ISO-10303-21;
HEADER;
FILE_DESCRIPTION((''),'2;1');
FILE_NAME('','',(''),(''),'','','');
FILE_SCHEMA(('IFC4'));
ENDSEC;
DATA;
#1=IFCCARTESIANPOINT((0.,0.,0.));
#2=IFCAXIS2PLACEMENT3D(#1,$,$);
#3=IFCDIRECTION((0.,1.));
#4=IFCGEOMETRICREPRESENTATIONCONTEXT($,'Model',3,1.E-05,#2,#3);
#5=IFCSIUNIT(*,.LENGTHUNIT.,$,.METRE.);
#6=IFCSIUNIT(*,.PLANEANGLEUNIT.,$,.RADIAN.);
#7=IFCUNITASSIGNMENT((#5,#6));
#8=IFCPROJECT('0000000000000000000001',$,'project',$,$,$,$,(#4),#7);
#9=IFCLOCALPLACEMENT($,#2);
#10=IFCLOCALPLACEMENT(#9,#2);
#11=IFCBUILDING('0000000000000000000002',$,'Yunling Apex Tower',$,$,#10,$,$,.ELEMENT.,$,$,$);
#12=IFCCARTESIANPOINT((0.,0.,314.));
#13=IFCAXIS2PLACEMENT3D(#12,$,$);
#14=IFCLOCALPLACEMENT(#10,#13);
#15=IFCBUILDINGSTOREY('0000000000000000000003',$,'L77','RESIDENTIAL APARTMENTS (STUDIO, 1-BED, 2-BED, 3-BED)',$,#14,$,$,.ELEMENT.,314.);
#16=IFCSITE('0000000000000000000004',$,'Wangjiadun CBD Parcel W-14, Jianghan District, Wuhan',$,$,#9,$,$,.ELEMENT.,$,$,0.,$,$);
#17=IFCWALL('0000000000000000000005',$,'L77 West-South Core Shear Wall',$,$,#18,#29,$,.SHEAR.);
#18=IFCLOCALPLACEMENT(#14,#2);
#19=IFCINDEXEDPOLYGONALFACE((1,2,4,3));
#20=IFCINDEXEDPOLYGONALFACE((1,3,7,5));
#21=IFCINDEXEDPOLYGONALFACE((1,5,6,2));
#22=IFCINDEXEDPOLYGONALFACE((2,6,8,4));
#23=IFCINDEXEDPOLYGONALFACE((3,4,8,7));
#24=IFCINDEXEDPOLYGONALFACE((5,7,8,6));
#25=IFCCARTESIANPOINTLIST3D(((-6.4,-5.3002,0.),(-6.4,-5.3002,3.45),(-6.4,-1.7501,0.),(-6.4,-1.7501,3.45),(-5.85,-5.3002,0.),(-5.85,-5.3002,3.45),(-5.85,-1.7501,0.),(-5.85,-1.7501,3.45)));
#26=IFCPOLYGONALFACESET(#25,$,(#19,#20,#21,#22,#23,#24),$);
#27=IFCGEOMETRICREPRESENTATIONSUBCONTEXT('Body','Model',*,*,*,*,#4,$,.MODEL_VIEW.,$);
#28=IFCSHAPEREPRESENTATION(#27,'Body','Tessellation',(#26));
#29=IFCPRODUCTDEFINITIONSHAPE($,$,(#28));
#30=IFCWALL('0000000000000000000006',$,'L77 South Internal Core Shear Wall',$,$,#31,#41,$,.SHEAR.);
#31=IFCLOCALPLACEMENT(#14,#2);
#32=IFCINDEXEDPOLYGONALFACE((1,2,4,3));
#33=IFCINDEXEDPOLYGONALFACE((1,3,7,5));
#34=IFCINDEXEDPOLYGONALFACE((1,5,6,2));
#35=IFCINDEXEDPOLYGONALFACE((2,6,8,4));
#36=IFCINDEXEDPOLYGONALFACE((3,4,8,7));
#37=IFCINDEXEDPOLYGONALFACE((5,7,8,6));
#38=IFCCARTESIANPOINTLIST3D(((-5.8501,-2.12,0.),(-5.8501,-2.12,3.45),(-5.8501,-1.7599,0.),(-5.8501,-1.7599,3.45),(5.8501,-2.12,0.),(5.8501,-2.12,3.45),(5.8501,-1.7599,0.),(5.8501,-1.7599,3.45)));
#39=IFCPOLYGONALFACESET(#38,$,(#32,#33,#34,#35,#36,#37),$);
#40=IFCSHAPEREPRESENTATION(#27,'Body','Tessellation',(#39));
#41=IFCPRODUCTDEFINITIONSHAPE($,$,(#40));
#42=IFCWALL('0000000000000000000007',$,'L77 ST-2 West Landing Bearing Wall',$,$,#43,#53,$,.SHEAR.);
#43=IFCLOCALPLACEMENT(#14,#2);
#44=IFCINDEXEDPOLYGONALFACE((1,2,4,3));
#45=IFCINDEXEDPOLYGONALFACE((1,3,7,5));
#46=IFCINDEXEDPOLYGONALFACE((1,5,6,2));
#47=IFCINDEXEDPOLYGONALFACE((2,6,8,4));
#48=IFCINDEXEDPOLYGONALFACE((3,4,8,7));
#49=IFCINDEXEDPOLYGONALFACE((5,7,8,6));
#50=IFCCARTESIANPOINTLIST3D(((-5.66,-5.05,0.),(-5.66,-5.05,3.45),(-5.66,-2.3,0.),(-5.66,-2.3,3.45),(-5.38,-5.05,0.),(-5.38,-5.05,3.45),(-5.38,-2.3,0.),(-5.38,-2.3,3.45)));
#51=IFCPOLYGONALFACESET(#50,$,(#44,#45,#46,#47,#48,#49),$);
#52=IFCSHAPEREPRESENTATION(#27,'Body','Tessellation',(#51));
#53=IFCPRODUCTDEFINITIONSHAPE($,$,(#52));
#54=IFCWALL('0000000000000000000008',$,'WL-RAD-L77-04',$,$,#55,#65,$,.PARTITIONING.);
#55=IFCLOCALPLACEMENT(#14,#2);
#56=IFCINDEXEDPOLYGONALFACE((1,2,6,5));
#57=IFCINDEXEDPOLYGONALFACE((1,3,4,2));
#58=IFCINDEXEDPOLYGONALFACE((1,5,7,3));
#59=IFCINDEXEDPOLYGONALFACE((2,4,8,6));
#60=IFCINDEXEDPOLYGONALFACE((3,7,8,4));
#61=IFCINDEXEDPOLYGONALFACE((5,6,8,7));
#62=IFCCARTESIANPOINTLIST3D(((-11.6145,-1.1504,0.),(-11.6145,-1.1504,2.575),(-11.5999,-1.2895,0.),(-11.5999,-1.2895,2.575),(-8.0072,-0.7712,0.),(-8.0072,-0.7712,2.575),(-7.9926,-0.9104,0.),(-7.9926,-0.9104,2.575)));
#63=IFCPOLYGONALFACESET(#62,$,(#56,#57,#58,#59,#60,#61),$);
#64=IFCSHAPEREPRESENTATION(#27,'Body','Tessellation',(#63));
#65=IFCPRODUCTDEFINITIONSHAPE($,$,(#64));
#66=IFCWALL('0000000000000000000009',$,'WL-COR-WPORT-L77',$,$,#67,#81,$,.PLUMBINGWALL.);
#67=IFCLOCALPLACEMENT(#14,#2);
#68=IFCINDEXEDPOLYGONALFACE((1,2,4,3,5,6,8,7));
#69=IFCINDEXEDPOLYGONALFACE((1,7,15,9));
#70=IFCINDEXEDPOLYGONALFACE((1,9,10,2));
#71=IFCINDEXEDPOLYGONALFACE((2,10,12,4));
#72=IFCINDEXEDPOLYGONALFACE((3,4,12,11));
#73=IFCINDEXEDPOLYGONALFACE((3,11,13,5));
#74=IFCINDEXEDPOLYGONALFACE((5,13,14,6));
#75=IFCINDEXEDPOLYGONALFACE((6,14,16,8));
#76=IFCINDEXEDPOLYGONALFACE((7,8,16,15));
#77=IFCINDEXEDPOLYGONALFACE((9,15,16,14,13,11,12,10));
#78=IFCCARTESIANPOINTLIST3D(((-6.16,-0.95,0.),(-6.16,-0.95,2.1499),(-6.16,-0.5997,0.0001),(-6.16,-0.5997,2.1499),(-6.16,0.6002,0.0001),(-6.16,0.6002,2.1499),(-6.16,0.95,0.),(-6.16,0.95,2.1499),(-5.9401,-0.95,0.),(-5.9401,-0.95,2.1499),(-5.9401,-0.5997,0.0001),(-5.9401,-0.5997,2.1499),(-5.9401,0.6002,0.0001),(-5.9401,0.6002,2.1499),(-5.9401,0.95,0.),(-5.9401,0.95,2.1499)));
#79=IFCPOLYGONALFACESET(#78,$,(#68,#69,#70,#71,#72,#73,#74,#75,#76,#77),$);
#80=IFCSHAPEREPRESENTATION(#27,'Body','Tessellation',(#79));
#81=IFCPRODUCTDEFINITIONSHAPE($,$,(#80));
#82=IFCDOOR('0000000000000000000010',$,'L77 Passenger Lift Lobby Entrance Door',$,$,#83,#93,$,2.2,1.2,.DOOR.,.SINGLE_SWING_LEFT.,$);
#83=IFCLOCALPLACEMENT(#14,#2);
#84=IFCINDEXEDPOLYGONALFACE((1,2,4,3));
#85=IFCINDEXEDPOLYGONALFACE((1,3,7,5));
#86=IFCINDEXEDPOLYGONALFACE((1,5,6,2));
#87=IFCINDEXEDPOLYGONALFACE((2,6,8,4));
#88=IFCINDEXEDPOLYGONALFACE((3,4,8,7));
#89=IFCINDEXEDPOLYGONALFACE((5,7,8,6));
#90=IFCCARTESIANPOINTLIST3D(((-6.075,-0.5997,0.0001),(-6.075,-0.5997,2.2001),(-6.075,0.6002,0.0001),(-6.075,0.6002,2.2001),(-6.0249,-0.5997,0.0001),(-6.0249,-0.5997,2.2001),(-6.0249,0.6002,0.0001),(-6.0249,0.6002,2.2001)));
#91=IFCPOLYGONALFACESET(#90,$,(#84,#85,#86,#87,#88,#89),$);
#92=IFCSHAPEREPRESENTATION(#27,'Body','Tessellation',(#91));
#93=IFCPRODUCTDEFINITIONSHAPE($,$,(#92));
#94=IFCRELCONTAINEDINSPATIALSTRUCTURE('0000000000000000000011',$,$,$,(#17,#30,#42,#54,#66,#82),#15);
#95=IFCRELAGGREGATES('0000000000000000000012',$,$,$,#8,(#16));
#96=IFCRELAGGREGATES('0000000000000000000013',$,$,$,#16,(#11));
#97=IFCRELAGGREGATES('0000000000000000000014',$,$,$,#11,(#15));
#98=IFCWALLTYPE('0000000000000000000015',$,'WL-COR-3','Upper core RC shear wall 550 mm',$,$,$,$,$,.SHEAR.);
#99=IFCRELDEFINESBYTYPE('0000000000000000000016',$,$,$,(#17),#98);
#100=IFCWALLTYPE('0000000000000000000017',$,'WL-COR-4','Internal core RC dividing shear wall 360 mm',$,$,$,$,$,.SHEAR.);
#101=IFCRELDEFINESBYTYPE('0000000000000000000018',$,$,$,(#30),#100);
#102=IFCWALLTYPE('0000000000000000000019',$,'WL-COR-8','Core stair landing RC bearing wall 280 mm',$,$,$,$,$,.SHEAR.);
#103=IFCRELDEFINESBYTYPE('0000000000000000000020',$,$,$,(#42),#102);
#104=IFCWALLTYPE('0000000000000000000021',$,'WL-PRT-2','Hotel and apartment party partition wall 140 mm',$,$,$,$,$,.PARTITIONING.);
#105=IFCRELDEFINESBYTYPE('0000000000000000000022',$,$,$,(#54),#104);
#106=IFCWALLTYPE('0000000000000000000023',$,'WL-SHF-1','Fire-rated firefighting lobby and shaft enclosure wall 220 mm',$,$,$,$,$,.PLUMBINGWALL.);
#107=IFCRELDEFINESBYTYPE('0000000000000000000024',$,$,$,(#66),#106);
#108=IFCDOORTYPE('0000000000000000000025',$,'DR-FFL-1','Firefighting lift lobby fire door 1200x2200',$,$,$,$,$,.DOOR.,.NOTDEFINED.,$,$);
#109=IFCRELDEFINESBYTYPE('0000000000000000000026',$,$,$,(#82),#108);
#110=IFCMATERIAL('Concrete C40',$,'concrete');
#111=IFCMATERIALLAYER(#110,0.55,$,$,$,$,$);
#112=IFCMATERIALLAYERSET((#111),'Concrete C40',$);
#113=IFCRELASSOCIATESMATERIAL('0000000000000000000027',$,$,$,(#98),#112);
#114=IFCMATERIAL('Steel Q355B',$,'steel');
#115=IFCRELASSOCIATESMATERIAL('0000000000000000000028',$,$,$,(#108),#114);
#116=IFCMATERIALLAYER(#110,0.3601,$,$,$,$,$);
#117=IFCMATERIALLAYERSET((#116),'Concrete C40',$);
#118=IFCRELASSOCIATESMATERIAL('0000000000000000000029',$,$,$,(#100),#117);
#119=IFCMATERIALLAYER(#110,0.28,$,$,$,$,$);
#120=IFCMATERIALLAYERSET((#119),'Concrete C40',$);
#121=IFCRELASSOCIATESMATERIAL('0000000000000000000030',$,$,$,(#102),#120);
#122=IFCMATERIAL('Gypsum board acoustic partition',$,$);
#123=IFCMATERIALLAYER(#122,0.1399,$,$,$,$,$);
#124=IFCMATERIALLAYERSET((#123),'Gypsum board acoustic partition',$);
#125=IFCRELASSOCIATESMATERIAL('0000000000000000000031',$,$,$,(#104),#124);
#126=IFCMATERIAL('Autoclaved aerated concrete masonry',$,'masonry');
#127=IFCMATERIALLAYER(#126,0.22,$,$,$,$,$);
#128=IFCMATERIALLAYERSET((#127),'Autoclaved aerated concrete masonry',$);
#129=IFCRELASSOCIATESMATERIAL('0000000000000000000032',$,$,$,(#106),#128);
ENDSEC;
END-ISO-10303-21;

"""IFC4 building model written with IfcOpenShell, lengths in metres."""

from ifc_helpers import new_model, si_unit, direction, frame, frame_2d, origin, place, context, subcontext, project, spatial, rectangle, extrude, material, layer, layer_set, type_object, element, fill, save


model = new_model("IFC4")

# Units and contexts
model_context = context("Model", 3, precision=1e-05, world=origin(), true_north=direction((0.0, 1.0)))
body_context = subcontext(model_context, "Body", "Model", "MODEL_VIEW")
ifc_project = project(units=[si_unit("LENGTHUNIT", "METRE"), si_unit("PLANEANGLEUNIT", "RADIAN")], contexts=[model_context])

# Site, building, storey
site_placement = place(None, origin())
site = spatial("IfcSite", under=ifc_project, at=site_placement, Name="Wangjiadun CBD Parcel W-14, Jianghan District, Wuhan", CompositionType="ELEMENT", RefElevation=0.0)
building_placement = place(site_placement, origin())
building = spatial("IfcBuilding", under=site, at=building_placement, Name="Yunling Apex Tower", CompositionType="ELEMENT")
storey_placement = place(building_placement, frame((0.0, 0.0, 314.0)))
storey = spatial("IfcBuildingStorey", under=building, at=storey_placement, Name="L77", Description="RESIDENTIAL APARTMENTS (STUDIO, 1-BED, 2-BED, 3-BED)", CompositionType="ELEMENT", Elevation=314.0)

# Shared definitions
ifc_material_1 = material(Name="Steel Q355B", Category="steel")
ifc_material_2 = material(Name="Concrete C40", Category="concrete")

# Shared definitions
ifc_layer_1 = layer(ifc_material_2, 0.55)
ifc_layer_set_1 = layer_set([ifc_layer_1], Name="Concrete C40")
wall_type_1 = type_object("IfcWallType", Name="WL-COR-3", Description="Upper core RC shear wall 550 mm", PredefinedType="SHEAR", material=ifc_layer_set_1)
door_type_1 = type_object("IfcDoorType", Name="DR-FFL-1", Description="Firefighting lift lobby fire door 1200x2200", OperationType="NOTDEFINED", PredefinedType="DOOR", material=ifc_material_1)

# Walls
wall_1_placement = place(storey_placement, frame((-6.125, -5.3, 0.0), z_axis=(0.0, 0.0, 1.0), x_axis=(0.0, 1.0, 0.0)))
element("IfcWall", 1, at=wall_1_placement, inside=storey, type_object=wall_type_1, Name="L77 West-South Core Shear Wall", PredefinedType="SHEAR", context=body_context, shape_type="SweptSolid", body=[
    extrude(rectangle(XDim=3.55, YDim=0.55, at=frame_2d((1.7749, 0.0))), origin(), (0.0, 0.0, 1.0), 3.45),
])
ifc_layer_2 = layer(ifc_material_2, 0.3601)
ifc_layer_set_2 = layer_set([ifc_layer_2], Name="Concrete C40")
wall_type_2 = type_object("IfcWallType", Name="WL-COR-4", Description="Internal core RC dividing shear wall 360 mm", PredefinedType="SHEAR", material=ifc_layer_set_2)
wall_2_placement = place(storey_placement, frame((-5.8501, -1.9399, 0.0), z_axis=(0.0, 0.0, 1.0), x_axis=(1.0, 0.0, 0.0)))
element("IfcWall", 2, at=wall_2_placement, inside=storey, type_object=wall_type_2, Name="L77 South Internal Core Shear Wall", PredefinedType="SHEAR", context=body_context, shape_type="SweptSolid", body=[
    extrude(rectangle(XDim=11.7002, YDim=0.3601, at=frame_2d((5.8501, 0.0))), origin(), (0.0, 0.0, 1.0), 3.45),
])
ifc_layer_3 = layer(ifc_material_2, 0.28)
ifc_layer_set_3 = layer_set([ifc_layer_3], Name="Concrete C40")
wall_type_3 = type_object("IfcWallType", Name="WL-COR-8", Description="Core stair landing RC bearing wall 280 mm", PredefinedType="SHEAR", material=ifc_layer_set_3)
wall_3_placement = place(storey_placement, frame((-5.52, -5.05, 0.0), z_axis=(0.0, 0.0, 1.0), x_axis=(0.0, 1.0, 0.0)))
element("IfcWall", 3, at=wall_3_placement, inside=storey, type_object=wall_type_3, Name="L77 ST-2 West Landing Bearing Wall", PredefinedType="SHEAR", context=body_context, shape_type="SweptSolid", body=[
    extrude(rectangle(XDim=2.75, YDim=0.28, at=frame_2d((1.375, 0.0))), origin(), (0.0, 0.0, 1.0), 3.45),
])
ifc_material_3 = material(Name="Gypsum board acoustic partition")
ifc_layer_4 = layer(ifc_material_3, 0.1399)
ifc_layer_set_4 = layer_set([ifc_layer_4], Name="Gypsum board acoustic partition")
wall_type_4 = type_object("IfcWallType", Name="WL-PRT-2", Description="Hotel and apartment party partition wall 140 mm", PredefinedType="PARTITIONING", material=ifc_layer_set_4)
wall_4_placement = place(storey_placement, frame((-8.0, -0.8408, 0.0), z_axis=(0.0, 0.0, 1.0), x_axis=(-0.994522, -0.104527, 0.0)))
element("IfcWall", 4, at=wall_4_placement, inside=storey, type_object=wall_type_4, Name="WL-RAD-L77-04", PredefinedType="PARTITIONING", context=body_context, shape_type="SweptSolid", body=[
    extrude(rectangle(XDim=3.6272, YDim=0.1399, at=frame_2d((1.8135, 0.0))), origin(), (0.0, 0.0, 1.0), 2.575),
])

# Wall, opening, door
ifc_material_4 = material(Name="Autoclaved aerated concrete masonry", Category="masonry")
ifc_layer_5 = layer(ifc_material_4, 0.22)
ifc_layer_set_5 = layer_set([ifc_layer_5], Name="Autoclaved aerated concrete masonry")
wall_type_5 = type_object("IfcWallType", Name="WL-SHF-1", Description="Fire-rated firefighting lobby and shaft enclosure wall 220 mm", PredefinedType="PLUMBINGWALL", material=ifc_layer_set_5)
wall_5_placement = place(storey_placement, frame((-6.05, -0.95, 0.0), z_axis=(0.0, 0.0, 1.0), x_axis=(0.0, 1.0, 0.0)))
wall_5 = element("IfcWall", 5, at=wall_5_placement, inside=storey, type_object=wall_type_5, Name="WL-COR-WPORT-L77", PredefinedType="PLUMBINGWALL", context=body_context, shape_type="SweptSolid", body=[
    extrude(rectangle(XDim=1.8999, YDim=0.22, at=frame_2d((0.95, 0.0))), origin(), (0.0, 0.0, 1.0), 2.1499),
])
opening_1_placement = place(wall_5_placement, frame((0.3501, 0.0, 0.0)))
opening_1 = element("IfcOpeningElement", 6, at=opening_1_placement, cuts=wall_5, PredefinedType="OPENING", context=body_context, shape_type="SweptSolid", body=[
    extrude(rectangle(XDim=1.2, YDim=2.2, at=frame_2d((0.6001, 1.1001))), frame((0.0, 0.1201, 0.0), z_axis=(0.0, -1.0, 0.0), x_axis=(1.0, 0.0, 0.0)), (0.0, 0.0, 1.0), 0.24),
])
door_1_placement = place(opening_1_placement, origin())
door_1 = element("IfcDoor", 7, at=door_1_placement, inside=storey, type_object=door_type_1, Name="L77 Passenger Lift Lobby Entrance Door", OperationType="SINGLE_SWING_LEFT", OverallHeight=2.2, OverallWidth=1.2, PredefinedType="DOOR", context=body_context, shape_type="SweptSolid", body=[
    extrude(rectangle(XDim=1.2, YDim=2.2, at=frame_2d((0.6001, 1.1001))), frame((0.0, 0.0249, 0.0), z_axis=(0.0, -1.0, 0.0), x_axis=(1.0, 0.0, 0.0)), (0.0, 0.0, 1.0), 0.05),
])
fill(opening_1, door_1)

save(model, "model.ifc")
